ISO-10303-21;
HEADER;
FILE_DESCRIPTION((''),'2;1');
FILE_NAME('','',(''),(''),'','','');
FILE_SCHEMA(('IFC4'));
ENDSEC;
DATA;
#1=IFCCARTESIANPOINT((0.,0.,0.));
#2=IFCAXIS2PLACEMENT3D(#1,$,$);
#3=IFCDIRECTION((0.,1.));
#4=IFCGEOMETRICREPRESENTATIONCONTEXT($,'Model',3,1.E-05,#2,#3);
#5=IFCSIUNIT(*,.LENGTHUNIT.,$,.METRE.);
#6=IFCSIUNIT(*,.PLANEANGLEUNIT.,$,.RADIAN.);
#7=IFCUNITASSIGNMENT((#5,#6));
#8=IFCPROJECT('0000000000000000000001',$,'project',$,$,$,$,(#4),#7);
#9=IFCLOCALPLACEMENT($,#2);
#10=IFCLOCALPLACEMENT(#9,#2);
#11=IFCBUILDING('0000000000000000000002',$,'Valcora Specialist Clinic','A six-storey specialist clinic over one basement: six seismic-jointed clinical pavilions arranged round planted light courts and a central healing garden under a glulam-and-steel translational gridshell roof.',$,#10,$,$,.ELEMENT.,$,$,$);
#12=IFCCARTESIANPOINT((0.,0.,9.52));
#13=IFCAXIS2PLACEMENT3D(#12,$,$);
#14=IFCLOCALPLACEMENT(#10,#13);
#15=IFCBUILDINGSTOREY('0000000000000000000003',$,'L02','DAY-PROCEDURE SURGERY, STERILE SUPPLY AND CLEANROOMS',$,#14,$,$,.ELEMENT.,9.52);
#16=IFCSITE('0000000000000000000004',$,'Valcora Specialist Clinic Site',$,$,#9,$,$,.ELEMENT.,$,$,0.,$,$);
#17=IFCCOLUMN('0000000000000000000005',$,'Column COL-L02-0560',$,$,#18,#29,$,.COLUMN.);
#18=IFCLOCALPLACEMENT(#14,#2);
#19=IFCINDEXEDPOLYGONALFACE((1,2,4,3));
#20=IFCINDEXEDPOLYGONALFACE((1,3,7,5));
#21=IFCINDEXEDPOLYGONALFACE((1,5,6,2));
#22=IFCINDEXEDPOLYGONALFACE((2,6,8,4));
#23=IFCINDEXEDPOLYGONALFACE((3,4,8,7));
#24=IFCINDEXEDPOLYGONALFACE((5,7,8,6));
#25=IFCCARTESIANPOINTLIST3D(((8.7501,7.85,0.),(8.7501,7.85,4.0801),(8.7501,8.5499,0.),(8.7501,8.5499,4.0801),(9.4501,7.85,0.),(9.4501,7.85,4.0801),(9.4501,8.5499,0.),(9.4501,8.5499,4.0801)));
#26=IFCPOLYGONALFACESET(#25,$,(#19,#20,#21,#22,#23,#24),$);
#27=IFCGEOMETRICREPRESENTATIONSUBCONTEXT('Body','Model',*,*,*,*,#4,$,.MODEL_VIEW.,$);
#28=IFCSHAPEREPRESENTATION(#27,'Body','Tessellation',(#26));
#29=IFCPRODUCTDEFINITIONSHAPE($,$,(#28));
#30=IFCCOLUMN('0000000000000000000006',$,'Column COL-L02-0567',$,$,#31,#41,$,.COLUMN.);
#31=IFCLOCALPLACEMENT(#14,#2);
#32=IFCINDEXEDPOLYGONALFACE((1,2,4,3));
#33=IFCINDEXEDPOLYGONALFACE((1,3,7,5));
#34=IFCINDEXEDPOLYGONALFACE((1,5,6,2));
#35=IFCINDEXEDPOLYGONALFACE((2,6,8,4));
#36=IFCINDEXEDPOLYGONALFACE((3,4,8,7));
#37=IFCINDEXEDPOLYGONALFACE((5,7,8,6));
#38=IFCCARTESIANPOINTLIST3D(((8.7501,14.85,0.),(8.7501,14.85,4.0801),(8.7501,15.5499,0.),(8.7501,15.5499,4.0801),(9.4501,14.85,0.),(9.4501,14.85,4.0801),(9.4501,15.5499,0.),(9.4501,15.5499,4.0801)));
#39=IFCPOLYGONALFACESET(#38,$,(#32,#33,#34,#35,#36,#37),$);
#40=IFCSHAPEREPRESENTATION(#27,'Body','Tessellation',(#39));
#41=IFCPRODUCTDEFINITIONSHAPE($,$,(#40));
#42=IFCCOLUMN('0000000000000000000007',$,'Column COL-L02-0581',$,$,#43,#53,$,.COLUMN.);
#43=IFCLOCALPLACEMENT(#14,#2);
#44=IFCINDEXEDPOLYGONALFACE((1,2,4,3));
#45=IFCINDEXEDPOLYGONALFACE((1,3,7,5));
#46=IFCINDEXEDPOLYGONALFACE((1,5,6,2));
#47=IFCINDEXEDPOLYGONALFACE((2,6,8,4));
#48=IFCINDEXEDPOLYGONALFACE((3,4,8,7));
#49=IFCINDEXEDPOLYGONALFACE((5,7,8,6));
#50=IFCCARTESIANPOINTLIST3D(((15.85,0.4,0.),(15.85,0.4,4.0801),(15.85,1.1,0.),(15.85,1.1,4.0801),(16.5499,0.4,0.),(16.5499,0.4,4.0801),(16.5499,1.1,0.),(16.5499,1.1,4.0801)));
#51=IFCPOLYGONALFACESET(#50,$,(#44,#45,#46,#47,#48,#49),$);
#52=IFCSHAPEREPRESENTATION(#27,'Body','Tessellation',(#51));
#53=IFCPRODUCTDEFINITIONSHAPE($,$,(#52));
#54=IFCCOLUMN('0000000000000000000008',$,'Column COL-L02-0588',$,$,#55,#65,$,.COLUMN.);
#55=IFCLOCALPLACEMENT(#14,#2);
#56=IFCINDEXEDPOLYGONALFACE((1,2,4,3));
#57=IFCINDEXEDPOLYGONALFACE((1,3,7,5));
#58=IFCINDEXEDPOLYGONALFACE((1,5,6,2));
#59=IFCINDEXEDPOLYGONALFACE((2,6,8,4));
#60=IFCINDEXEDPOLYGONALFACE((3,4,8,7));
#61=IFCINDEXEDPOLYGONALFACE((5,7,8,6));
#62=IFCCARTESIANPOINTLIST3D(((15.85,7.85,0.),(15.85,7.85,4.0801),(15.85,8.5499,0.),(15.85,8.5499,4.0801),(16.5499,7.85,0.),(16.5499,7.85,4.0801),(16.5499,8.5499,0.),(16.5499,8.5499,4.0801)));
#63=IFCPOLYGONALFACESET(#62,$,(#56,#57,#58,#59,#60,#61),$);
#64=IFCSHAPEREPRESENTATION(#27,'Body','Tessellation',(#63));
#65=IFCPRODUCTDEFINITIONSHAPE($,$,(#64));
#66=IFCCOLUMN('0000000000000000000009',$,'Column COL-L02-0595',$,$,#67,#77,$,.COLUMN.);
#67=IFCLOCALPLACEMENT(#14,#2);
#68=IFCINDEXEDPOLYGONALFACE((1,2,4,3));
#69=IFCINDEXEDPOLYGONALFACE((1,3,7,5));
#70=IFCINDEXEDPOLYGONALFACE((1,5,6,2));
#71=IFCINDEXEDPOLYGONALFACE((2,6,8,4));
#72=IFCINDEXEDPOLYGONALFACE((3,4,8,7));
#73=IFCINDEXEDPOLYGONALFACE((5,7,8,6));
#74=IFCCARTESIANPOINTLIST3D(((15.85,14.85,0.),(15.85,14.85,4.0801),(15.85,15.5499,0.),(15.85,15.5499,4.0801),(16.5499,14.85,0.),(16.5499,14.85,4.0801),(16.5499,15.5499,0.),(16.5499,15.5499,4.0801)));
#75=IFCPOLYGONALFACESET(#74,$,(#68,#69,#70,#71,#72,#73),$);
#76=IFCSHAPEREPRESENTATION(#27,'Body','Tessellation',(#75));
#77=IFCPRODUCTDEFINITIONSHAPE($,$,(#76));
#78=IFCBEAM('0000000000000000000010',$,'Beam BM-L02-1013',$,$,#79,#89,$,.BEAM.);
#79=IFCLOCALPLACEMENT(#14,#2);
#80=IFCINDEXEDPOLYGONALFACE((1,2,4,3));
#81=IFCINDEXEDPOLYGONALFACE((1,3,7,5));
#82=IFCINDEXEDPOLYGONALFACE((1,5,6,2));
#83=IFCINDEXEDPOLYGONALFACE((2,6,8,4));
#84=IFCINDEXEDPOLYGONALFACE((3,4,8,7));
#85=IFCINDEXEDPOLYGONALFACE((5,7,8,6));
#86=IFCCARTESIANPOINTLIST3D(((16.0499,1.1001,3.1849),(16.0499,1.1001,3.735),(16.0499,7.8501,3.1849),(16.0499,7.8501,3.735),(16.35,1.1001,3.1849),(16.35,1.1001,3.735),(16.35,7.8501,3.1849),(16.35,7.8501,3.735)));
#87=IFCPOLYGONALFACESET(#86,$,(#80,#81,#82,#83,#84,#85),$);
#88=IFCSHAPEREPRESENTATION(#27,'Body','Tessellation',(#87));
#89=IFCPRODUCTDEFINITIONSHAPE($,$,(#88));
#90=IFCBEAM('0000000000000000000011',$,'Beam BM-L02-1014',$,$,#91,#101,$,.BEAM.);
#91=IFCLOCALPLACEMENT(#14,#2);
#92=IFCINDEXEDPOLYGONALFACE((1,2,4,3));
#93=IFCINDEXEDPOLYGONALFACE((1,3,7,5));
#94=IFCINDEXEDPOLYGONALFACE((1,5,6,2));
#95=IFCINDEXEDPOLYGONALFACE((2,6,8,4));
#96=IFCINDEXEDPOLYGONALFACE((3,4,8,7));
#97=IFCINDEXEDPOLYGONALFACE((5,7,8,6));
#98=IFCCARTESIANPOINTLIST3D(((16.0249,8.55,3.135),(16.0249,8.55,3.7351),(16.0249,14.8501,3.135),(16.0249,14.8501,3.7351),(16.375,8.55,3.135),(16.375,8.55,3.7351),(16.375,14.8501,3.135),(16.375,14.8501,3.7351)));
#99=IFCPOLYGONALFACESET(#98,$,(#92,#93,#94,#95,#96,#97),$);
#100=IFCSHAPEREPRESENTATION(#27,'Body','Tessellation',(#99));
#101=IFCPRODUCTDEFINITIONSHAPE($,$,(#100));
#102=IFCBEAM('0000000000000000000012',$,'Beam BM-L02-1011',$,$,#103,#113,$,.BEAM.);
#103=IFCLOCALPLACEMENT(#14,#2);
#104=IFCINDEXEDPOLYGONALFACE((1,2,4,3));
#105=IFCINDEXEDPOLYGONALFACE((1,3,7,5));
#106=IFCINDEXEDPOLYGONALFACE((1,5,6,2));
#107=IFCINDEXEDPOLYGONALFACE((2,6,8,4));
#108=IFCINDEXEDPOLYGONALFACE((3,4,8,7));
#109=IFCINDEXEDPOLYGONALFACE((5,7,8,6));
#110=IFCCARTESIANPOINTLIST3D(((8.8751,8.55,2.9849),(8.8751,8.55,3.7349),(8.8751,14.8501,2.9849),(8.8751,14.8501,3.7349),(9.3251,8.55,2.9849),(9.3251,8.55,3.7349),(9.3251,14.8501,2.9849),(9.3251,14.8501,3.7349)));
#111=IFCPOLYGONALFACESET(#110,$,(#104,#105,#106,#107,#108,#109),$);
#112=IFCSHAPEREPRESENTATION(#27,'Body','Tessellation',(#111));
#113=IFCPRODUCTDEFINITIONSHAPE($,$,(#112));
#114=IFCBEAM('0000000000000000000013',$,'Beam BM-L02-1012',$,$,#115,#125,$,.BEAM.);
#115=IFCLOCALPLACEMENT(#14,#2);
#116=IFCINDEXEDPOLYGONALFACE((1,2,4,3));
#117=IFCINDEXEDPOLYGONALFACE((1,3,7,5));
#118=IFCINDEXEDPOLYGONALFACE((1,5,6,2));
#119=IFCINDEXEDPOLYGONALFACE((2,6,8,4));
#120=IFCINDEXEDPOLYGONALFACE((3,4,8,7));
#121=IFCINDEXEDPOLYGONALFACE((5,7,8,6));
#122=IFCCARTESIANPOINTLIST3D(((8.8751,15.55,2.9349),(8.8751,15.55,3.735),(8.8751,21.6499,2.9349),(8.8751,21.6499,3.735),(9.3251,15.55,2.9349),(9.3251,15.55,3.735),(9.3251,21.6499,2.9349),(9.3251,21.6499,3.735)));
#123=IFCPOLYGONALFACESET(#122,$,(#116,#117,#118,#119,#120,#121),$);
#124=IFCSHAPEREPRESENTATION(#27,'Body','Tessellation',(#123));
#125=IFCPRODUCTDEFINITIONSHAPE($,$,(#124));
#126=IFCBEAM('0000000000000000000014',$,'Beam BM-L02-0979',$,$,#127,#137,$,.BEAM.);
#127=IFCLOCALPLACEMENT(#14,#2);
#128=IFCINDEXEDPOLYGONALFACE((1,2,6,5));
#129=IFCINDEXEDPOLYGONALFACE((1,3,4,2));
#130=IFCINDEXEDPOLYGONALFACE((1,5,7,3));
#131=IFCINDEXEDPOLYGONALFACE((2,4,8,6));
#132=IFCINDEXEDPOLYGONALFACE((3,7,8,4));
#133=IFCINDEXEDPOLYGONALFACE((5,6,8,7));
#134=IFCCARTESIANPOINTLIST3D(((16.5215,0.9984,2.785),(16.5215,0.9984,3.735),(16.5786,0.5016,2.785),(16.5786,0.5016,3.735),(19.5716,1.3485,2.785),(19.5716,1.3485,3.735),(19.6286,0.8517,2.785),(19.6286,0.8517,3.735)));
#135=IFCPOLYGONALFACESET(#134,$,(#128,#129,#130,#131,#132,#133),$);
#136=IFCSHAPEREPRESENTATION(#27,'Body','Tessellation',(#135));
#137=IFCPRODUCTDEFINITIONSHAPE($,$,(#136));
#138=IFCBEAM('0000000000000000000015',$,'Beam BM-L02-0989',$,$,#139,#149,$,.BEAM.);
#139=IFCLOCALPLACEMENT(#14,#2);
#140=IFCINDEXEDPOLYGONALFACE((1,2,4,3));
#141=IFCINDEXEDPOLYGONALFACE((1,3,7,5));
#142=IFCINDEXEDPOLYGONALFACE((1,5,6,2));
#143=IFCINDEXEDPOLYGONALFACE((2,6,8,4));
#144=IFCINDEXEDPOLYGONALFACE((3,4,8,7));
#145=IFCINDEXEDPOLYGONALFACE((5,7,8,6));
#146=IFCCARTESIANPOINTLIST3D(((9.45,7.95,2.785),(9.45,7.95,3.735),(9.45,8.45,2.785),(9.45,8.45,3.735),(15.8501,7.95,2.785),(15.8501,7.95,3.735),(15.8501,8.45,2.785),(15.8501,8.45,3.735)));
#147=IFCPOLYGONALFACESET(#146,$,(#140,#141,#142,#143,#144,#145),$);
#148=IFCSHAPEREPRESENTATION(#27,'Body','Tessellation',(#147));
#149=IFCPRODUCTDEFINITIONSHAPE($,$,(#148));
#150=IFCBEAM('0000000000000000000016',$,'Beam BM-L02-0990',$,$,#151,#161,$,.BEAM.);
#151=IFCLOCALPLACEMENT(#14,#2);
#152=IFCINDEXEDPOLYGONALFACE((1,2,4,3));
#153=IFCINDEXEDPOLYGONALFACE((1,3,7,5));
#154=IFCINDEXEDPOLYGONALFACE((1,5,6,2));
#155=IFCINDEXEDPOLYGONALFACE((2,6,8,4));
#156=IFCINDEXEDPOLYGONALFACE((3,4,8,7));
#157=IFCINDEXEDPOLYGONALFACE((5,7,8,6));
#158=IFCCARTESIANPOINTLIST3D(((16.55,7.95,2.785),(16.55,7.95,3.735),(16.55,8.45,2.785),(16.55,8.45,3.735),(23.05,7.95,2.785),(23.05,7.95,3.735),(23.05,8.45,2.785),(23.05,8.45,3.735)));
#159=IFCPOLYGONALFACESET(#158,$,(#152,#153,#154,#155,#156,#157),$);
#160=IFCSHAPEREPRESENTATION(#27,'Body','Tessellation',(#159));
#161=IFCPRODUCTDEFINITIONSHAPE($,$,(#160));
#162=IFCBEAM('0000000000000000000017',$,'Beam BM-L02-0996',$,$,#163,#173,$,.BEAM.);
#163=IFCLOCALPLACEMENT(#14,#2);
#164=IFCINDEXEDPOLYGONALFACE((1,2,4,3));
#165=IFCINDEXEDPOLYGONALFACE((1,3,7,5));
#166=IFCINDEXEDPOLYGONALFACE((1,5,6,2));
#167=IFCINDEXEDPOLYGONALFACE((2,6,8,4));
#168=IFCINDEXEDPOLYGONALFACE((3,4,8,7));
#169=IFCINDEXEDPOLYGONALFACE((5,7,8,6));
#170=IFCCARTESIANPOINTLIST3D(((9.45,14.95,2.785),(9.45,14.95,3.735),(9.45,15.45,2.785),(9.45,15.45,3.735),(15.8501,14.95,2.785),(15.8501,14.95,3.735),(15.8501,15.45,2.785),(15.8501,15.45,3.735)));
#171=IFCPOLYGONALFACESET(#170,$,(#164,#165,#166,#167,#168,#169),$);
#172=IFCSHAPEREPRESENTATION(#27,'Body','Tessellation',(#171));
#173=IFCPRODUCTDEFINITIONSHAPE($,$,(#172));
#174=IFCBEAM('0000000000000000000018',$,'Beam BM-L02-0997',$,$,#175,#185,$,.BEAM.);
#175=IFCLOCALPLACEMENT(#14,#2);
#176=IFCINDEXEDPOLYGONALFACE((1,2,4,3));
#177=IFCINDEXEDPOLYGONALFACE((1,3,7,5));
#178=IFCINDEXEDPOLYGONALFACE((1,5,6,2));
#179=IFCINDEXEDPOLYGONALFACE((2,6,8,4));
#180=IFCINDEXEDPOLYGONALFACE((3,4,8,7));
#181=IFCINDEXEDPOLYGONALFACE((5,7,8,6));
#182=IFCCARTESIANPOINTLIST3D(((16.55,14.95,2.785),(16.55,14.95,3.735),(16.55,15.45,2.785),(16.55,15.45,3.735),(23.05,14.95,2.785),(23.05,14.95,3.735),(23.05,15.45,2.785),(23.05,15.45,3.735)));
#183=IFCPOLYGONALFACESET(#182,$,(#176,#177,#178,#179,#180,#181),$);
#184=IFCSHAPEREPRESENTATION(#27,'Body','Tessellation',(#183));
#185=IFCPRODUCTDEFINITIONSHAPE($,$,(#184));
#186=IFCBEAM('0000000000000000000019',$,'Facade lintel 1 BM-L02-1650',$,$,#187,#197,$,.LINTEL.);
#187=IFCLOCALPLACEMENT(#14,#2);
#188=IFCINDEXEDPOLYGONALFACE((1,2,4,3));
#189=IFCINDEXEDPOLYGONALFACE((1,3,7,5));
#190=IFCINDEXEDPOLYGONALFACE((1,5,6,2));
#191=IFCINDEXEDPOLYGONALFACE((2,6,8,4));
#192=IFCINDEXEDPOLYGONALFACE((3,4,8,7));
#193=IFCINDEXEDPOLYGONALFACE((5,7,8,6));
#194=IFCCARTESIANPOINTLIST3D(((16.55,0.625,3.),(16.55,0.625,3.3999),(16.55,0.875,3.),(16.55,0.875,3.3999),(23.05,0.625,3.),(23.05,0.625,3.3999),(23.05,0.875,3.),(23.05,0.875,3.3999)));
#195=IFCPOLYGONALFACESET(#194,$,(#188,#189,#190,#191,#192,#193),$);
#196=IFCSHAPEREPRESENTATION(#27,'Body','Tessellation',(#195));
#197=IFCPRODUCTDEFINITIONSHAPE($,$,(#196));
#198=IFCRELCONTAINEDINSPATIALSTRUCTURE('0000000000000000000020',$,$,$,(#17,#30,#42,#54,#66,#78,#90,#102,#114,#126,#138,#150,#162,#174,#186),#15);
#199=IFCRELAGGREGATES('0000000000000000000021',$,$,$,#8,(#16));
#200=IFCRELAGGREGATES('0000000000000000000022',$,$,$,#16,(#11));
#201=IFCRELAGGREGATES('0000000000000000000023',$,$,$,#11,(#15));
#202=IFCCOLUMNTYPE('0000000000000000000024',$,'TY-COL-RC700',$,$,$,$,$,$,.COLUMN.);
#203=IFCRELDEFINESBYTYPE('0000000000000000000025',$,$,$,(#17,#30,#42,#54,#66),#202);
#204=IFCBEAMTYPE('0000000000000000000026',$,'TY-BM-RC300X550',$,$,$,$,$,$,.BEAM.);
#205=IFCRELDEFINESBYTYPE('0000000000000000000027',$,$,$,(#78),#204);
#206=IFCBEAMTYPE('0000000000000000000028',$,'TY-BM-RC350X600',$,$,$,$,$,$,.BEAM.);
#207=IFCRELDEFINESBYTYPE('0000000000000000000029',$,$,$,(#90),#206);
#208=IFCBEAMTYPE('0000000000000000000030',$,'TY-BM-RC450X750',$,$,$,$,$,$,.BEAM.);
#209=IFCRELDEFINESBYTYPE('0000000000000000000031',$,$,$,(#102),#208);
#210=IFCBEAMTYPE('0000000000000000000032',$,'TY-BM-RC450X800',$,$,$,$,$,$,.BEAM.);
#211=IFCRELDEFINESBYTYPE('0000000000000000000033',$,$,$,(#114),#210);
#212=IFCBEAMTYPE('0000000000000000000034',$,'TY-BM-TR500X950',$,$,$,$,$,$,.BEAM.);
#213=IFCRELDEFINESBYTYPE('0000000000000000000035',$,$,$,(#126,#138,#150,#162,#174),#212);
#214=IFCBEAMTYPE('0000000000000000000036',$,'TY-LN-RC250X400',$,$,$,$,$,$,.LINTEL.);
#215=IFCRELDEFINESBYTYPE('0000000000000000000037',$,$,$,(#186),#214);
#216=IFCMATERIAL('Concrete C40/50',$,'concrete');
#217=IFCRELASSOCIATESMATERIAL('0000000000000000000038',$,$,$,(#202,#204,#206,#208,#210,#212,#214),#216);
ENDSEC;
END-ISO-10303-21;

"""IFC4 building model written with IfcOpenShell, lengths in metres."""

from ifc_helpers import new_model, si_unit, direction, frame, origin, origin_2d, place, context, subcontext, project, spatial, rectangle, extrude, material, material_profile, profile_set, type_object, element, save


model = new_model("IFC4")

# Units and contexts
model_context = context("Model", 3, precision=1e-05, world=origin(), true_north=direction((0.0, 1.0)))
body_context = subcontext(model_context, "Body", "Model", "MODEL_VIEW")
ifc_project = project(units=[si_unit("LENGTHUNIT", "METRE"), si_unit("PLANEANGLEUNIT", "RADIAN")], contexts=[model_context])

# Site, building, storey
site_placement = place(None, origin())
site = spatial("IfcSite", under=ifc_project, at=site_placement, Name="Valcora Specialist Clinic Site", CompositionType="ELEMENT", RefElevation=0.0)
building_placement = place(site_placement, origin())
building = spatial("IfcBuilding", under=site, at=building_placement, Name="Valcora Specialist Clinic", Description="A six-storey specialist clinic over one basement: six seismic-jointed clinical pavilions arranged round planted light courts and a central healing garden under a glulam-and-steel translational gridshell roof.", CompositionType="ELEMENT")
storey_placement = place(building_placement, frame((0.0, 0.0, 9.52)))
storey = spatial("IfcBuildingStorey", under=building, at=storey_placement, Name="L02", Description="DAY-PROCEDURE SURGERY, STERILE SUPPLY AND CLEANROOMS", CompositionType="ELEMENT", Elevation=9.52)

# Columns
ifc_material_1 = material(Name="Concrete C40/50", Category="concrete")
ifc_material_profile_1 = material_profile(ifc_material_1, rectangle(XDim=0.7, YDim=0.7, at=origin_2d()), Name="RC-COL-700X700")
ifc_profile_set_1 = profile_set([ifc_material_profile_1], Name="Concrete C40/50")
column_type = type_object("IfcColumnType", Name="TY-COL-RC700", PredefinedType="COLUMN", material=ifc_profile_set_1)
for number, where, z_axis, x_axis, name in (
    (1, (9.1001, 8.2, 0.0), (0.0, 0.0, 1.0), (1.0, 0.0, 0.0), "Column COL-L02-0560"),
    (2, (9.1001, 15.2, 0.0), (0.0, 0.0, 1.0), (1.0, 0.0, 0.0), "Column COL-L02-0567"),
    (3, (16.2, 0.75, 0.0), (0.0, 0.0, 1.0), (1.0, 0.0, 0.0), "Column COL-L02-0581"),
    (4, (16.2, 8.2, 0.0), (0.0, 0.0, 1.0), (1.0, 0.0, 0.0), "Column COL-L02-0588"),
    (5, (16.2, 15.2, 0.0), (0.0, 0.0, 1.0), (1.0, 0.0, 0.0), "Column COL-L02-0595"),
):
    element("IfcColumn", number, at=place(storey_placement, frame(where, z_axis=z_axis, x_axis=x_axis)), inside=storey, type_object=column_type, Name=name, PredefinedType="COLUMN", context=body_context, shape_type="SweptSolid", body=[
        extrude(rectangle(XDim=0.7, YDim=0.7, at=origin_2d()), origin(), (0.0, 0.0, 1.0), 4.0801),
    ])

# Beams
ifc_material_profile_2 = material_profile(ifc_material_1, rectangle(XDim=0.3, YDim=0.55, at=origin_2d()), Name="RC-BM-300X550")
ifc_profile_set_2 = profile_set([ifc_material_profile_2], Name="Concrete C40/50")
beam_type_1 = type_object("IfcBeamType", Name="TY-BM-RC300X550", PredefinedType="BEAM", material=ifc_profile_set_2)
beam_1_placement = place(storey_placement, frame((16.2, 1.1001, 3.46), z_axis=(0.0, 1.0, 0.0), x_axis=(-1.0, 0.0, 0.0)))
element("IfcBeam", 6, at=beam_1_placement, inside=storey, type_object=beam_type_1, Name="Beam BM-L02-1013", PredefinedType="BEAM", context=body_context, shape_type="SweptSolid", body=[
    extrude(rectangle(XDim=0.3, YDim=0.55, at=origin_2d()), origin(), (0.0, 0.0, 1.0), 6.75),
])
ifc_material_profile_3 = material_profile(ifc_material_1, rectangle(XDim=0.3501, YDim=0.6001, at=origin_2d()), Name="RC-BM-350X600")
ifc_profile_set_3 = profile_set([ifc_material_profile_3], Name="Concrete C40/50")
beam_type_2 = type_object("IfcBeamType", Name="TY-BM-RC350X600", PredefinedType="BEAM", material=ifc_profile_set_3)
beam_2_placement = place(storey_placement, frame((16.2, 8.55, 3.4351), z_axis=(0.0, 1.0, 0.0), x_axis=(-1.0, 0.0, 0.0)))
element("IfcBeam", 7, at=beam_2_placement, inside=storey, type_object=beam_type_2, Name="Beam BM-L02-1014", PredefinedType="BEAM", context=body_context, shape_type="SweptSolid", body=[
    extrude(rectangle(XDim=0.3501, YDim=0.6001, at=origin_2d()), origin(), (0.0, 0.0, 1.0), 6.3),
])
ifc_material_profile_4 = material_profile(ifc_material_1, rectangle(XDim=0.45, YDim=0.75, at=origin_2d()), Name="RC-BM-450X750")
ifc_profile_set_4 = profile_set([ifc_material_profile_4], Name="Concrete C40/50")
beam_type_3 = type_object("IfcBeamType", Name="TY-BM-RC450X750", PredefinedType="BEAM", material=ifc_profile_set_4)
beam_3_placement = place(storey_placement, frame((9.1001, 8.55, 3.3599), z_axis=(0.0, 1.0, 0.0), x_axis=(-1.0, 0.0, 0.0)))
element("IfcBeam", 8, at=beam_3_placement, inside=storey, type_object=beam_type_3, Name="Beam BM-L02-1011", PredefinedType="BEAM", context=body_context, shape_type="SweptSolid", body=[
    extrude(rectangle(XDim=0.45, YDim=0.75, at=origin_2d()), origin(), (0.0, 0.0, 1.0), 6.3),
])
ifc_material_profile_5 = material_profile(ifc_material_1, rectangle(XDim=0.45, YDim=0.8, at=origin_2d()), Name="RC-BM-450X800")
ifc_profile_set_5 = profile_set([ifc_material_profile_5], Name="Concrete C40/50")
beam_type_4 = type_object("IfcBeamType", Name="TY-BM-RC450X800", PredefinedType="BEAM", material=ifc_profile_set_5)
beam_4_placement = place(storey_placement, frame((9.1001, 15.55, 3.335), z_axis=(0.0, 1.0, 0.0), x_axis=(-1.0, 0.0, 0.0)))
element("IfcBeam", 9, at=beam_4_placement, inside=storey, type_object=beam_type_4, Name="Beam BM-L02-1012", PredefinedType="BEAM", context=body_context, shape_type="SweptSolid", body=[
    extrude(rectangle(XDim=0.45, YDim=0.8, at=origin_2d()), origin(), (0.0, 0.0, 1.0), 6.0999),
])
ifc_material_profile_6 = material_profile(ifc_material_1, rectangle(XDim=0.5, YDim=0.95, at=origin_2d()), Name="RC-BM-500X950")
ifc_profile_set_6 = profile_set([ifc_material_profile_6], Name="Concrete C40/50")
beam_type_5 = type_object("IfcBeamType", Name="TY-BM-TR500X950", PredefinedType="BEAM", material=ifc_profile_set_6)
beam_5_placement = place(storey_placement, frame((16.55, 0.75, 3.26), z_axis=(0.993477, 0.114036, 0.0), x_axis=(-0.114036, 0.993477, 0.0)))
element("IfcBeam", 10, at=beam_5_placement, inside=storey, type_object=beam_type_5, Name="Beam BM-L02-0979", PredefinedType="BEAM", context=body_context, shape_type="SweptSolid", body=[
    extrude(rectangle(XDim=0.5, YDim=0.95, at=origin_2d()), origin(), (0.0, 0.0, 1.0), 3.0701),
])
beam_6_placement = place(storey_placement, frame((9.45, 8.2, 3.26), z_axis=(1.0, 0.0, 0.0), x_axis=(0.0, 1.0, 0.0)))
element("IfcBeam", 11, at=beam_6_placement, inside=storey, type_object=beam_type_5, Name="Beam BM-L02-0989", PredefinedType="BEAM", context=body_context, shape_type="SweptSolid", body=[
    extrude(rectangle(XDim=0.5, YDim=0.95, at=origin_2d()), origin(), (0.0, 0.0, 1.0), 6.4001),
])
beam_7_placement = place(storey_placement, frame((16.55, 8.2, 3.26), z_axis=(1.0, 0.0, 0.0), x_axis=(0.0, 1.0, 0.0)))
element("IfcBeam", 12, at=beam_7_placement, inside=storey, type_object=beam_type_5, Name="Beam BM-L02-0990", PredefinedType="BEAM", context=body_context, shape_type="SweptSolid", body=[
    extrude(rectangle(XDim=0.5, YDim=0.95, at=origin_2d()), origin(), (0.0, 0.0, 1.0), 6.5),
])
beam_8_placement = place(storey_placement, frame((9.45, 15.2, 3.26), z_axis=(1.0, 0.0, 0.0), x_axis=(0.0, 1.0, 0.0)))
element("IfcBeam", 13, at=beam_8_placement, inside=storey, type_object=beam_type_5, Name="Beam BM-L02-0996", PredefinedType="BEAM", context=body_context, shape_type="SweptSolid", body=[
    extrude(rectangle(XDim=0.5, YDim=0.95, at=origin_2d()), origin(), (0.0, 0.0, 1.0), 6.4001),
])
beam_9_placement = place(storey_placement, frame((16.55, 15.2, 3.26), z_axis=(1.0, 0.0, 0.0), x_axis=(0.0, 1.0, 0.0)))
element("IfcBeam", 14, at=beam_9_placement, inside=storey, type_object=beam_type_5, Name="Beam BM-L02-0997", PredefinedType="BEAM", context=body_context, shape_type="SweptSolid", body=[
    extrude(rectangle(XDim=0.5, YDim=0.95, at=origin_2d()), origin(), (0.0, 0.0, 1.0), 6.5),
])
ifc_material_profile_7 = material_profile(ifc_material_1, rectangle(XDim=0.25, YDim=0.3999, at=origin_2d()), Name="RC-LN-250X400")
ifc_profile_set_7 = profile_set([ifc_material_profile_7], Name="Concrete C40/50")
beam_type_6 = type_object("IfcBeamType", Name="TY-LN-RC250X400", PredefinedType="LINTEL", material=ifc_profile_set_7)
beam_10_placement = place(storey_placement, frame((16.55, 0.75, 3.2), z_axis=(1.0, 0.0, 0.0), x_axis=(0.0, 1.0, 0.0)))
element("IfcBeam", 15, at=beam_10_placement, inside=storey, type_object=beam_type_6, Name="Facade lintel 1 BM-L02-1650", PredefinedType="LINTEL", context=body_context, shape_type="SweptSolid", body=[
    extrude(rectangle(XDim=0.25, YDim=0.3999, at=origin_2d()), origin(), (0.0, 0.0, 1.0), 6.5),
])

save(model, "model.ifc")
